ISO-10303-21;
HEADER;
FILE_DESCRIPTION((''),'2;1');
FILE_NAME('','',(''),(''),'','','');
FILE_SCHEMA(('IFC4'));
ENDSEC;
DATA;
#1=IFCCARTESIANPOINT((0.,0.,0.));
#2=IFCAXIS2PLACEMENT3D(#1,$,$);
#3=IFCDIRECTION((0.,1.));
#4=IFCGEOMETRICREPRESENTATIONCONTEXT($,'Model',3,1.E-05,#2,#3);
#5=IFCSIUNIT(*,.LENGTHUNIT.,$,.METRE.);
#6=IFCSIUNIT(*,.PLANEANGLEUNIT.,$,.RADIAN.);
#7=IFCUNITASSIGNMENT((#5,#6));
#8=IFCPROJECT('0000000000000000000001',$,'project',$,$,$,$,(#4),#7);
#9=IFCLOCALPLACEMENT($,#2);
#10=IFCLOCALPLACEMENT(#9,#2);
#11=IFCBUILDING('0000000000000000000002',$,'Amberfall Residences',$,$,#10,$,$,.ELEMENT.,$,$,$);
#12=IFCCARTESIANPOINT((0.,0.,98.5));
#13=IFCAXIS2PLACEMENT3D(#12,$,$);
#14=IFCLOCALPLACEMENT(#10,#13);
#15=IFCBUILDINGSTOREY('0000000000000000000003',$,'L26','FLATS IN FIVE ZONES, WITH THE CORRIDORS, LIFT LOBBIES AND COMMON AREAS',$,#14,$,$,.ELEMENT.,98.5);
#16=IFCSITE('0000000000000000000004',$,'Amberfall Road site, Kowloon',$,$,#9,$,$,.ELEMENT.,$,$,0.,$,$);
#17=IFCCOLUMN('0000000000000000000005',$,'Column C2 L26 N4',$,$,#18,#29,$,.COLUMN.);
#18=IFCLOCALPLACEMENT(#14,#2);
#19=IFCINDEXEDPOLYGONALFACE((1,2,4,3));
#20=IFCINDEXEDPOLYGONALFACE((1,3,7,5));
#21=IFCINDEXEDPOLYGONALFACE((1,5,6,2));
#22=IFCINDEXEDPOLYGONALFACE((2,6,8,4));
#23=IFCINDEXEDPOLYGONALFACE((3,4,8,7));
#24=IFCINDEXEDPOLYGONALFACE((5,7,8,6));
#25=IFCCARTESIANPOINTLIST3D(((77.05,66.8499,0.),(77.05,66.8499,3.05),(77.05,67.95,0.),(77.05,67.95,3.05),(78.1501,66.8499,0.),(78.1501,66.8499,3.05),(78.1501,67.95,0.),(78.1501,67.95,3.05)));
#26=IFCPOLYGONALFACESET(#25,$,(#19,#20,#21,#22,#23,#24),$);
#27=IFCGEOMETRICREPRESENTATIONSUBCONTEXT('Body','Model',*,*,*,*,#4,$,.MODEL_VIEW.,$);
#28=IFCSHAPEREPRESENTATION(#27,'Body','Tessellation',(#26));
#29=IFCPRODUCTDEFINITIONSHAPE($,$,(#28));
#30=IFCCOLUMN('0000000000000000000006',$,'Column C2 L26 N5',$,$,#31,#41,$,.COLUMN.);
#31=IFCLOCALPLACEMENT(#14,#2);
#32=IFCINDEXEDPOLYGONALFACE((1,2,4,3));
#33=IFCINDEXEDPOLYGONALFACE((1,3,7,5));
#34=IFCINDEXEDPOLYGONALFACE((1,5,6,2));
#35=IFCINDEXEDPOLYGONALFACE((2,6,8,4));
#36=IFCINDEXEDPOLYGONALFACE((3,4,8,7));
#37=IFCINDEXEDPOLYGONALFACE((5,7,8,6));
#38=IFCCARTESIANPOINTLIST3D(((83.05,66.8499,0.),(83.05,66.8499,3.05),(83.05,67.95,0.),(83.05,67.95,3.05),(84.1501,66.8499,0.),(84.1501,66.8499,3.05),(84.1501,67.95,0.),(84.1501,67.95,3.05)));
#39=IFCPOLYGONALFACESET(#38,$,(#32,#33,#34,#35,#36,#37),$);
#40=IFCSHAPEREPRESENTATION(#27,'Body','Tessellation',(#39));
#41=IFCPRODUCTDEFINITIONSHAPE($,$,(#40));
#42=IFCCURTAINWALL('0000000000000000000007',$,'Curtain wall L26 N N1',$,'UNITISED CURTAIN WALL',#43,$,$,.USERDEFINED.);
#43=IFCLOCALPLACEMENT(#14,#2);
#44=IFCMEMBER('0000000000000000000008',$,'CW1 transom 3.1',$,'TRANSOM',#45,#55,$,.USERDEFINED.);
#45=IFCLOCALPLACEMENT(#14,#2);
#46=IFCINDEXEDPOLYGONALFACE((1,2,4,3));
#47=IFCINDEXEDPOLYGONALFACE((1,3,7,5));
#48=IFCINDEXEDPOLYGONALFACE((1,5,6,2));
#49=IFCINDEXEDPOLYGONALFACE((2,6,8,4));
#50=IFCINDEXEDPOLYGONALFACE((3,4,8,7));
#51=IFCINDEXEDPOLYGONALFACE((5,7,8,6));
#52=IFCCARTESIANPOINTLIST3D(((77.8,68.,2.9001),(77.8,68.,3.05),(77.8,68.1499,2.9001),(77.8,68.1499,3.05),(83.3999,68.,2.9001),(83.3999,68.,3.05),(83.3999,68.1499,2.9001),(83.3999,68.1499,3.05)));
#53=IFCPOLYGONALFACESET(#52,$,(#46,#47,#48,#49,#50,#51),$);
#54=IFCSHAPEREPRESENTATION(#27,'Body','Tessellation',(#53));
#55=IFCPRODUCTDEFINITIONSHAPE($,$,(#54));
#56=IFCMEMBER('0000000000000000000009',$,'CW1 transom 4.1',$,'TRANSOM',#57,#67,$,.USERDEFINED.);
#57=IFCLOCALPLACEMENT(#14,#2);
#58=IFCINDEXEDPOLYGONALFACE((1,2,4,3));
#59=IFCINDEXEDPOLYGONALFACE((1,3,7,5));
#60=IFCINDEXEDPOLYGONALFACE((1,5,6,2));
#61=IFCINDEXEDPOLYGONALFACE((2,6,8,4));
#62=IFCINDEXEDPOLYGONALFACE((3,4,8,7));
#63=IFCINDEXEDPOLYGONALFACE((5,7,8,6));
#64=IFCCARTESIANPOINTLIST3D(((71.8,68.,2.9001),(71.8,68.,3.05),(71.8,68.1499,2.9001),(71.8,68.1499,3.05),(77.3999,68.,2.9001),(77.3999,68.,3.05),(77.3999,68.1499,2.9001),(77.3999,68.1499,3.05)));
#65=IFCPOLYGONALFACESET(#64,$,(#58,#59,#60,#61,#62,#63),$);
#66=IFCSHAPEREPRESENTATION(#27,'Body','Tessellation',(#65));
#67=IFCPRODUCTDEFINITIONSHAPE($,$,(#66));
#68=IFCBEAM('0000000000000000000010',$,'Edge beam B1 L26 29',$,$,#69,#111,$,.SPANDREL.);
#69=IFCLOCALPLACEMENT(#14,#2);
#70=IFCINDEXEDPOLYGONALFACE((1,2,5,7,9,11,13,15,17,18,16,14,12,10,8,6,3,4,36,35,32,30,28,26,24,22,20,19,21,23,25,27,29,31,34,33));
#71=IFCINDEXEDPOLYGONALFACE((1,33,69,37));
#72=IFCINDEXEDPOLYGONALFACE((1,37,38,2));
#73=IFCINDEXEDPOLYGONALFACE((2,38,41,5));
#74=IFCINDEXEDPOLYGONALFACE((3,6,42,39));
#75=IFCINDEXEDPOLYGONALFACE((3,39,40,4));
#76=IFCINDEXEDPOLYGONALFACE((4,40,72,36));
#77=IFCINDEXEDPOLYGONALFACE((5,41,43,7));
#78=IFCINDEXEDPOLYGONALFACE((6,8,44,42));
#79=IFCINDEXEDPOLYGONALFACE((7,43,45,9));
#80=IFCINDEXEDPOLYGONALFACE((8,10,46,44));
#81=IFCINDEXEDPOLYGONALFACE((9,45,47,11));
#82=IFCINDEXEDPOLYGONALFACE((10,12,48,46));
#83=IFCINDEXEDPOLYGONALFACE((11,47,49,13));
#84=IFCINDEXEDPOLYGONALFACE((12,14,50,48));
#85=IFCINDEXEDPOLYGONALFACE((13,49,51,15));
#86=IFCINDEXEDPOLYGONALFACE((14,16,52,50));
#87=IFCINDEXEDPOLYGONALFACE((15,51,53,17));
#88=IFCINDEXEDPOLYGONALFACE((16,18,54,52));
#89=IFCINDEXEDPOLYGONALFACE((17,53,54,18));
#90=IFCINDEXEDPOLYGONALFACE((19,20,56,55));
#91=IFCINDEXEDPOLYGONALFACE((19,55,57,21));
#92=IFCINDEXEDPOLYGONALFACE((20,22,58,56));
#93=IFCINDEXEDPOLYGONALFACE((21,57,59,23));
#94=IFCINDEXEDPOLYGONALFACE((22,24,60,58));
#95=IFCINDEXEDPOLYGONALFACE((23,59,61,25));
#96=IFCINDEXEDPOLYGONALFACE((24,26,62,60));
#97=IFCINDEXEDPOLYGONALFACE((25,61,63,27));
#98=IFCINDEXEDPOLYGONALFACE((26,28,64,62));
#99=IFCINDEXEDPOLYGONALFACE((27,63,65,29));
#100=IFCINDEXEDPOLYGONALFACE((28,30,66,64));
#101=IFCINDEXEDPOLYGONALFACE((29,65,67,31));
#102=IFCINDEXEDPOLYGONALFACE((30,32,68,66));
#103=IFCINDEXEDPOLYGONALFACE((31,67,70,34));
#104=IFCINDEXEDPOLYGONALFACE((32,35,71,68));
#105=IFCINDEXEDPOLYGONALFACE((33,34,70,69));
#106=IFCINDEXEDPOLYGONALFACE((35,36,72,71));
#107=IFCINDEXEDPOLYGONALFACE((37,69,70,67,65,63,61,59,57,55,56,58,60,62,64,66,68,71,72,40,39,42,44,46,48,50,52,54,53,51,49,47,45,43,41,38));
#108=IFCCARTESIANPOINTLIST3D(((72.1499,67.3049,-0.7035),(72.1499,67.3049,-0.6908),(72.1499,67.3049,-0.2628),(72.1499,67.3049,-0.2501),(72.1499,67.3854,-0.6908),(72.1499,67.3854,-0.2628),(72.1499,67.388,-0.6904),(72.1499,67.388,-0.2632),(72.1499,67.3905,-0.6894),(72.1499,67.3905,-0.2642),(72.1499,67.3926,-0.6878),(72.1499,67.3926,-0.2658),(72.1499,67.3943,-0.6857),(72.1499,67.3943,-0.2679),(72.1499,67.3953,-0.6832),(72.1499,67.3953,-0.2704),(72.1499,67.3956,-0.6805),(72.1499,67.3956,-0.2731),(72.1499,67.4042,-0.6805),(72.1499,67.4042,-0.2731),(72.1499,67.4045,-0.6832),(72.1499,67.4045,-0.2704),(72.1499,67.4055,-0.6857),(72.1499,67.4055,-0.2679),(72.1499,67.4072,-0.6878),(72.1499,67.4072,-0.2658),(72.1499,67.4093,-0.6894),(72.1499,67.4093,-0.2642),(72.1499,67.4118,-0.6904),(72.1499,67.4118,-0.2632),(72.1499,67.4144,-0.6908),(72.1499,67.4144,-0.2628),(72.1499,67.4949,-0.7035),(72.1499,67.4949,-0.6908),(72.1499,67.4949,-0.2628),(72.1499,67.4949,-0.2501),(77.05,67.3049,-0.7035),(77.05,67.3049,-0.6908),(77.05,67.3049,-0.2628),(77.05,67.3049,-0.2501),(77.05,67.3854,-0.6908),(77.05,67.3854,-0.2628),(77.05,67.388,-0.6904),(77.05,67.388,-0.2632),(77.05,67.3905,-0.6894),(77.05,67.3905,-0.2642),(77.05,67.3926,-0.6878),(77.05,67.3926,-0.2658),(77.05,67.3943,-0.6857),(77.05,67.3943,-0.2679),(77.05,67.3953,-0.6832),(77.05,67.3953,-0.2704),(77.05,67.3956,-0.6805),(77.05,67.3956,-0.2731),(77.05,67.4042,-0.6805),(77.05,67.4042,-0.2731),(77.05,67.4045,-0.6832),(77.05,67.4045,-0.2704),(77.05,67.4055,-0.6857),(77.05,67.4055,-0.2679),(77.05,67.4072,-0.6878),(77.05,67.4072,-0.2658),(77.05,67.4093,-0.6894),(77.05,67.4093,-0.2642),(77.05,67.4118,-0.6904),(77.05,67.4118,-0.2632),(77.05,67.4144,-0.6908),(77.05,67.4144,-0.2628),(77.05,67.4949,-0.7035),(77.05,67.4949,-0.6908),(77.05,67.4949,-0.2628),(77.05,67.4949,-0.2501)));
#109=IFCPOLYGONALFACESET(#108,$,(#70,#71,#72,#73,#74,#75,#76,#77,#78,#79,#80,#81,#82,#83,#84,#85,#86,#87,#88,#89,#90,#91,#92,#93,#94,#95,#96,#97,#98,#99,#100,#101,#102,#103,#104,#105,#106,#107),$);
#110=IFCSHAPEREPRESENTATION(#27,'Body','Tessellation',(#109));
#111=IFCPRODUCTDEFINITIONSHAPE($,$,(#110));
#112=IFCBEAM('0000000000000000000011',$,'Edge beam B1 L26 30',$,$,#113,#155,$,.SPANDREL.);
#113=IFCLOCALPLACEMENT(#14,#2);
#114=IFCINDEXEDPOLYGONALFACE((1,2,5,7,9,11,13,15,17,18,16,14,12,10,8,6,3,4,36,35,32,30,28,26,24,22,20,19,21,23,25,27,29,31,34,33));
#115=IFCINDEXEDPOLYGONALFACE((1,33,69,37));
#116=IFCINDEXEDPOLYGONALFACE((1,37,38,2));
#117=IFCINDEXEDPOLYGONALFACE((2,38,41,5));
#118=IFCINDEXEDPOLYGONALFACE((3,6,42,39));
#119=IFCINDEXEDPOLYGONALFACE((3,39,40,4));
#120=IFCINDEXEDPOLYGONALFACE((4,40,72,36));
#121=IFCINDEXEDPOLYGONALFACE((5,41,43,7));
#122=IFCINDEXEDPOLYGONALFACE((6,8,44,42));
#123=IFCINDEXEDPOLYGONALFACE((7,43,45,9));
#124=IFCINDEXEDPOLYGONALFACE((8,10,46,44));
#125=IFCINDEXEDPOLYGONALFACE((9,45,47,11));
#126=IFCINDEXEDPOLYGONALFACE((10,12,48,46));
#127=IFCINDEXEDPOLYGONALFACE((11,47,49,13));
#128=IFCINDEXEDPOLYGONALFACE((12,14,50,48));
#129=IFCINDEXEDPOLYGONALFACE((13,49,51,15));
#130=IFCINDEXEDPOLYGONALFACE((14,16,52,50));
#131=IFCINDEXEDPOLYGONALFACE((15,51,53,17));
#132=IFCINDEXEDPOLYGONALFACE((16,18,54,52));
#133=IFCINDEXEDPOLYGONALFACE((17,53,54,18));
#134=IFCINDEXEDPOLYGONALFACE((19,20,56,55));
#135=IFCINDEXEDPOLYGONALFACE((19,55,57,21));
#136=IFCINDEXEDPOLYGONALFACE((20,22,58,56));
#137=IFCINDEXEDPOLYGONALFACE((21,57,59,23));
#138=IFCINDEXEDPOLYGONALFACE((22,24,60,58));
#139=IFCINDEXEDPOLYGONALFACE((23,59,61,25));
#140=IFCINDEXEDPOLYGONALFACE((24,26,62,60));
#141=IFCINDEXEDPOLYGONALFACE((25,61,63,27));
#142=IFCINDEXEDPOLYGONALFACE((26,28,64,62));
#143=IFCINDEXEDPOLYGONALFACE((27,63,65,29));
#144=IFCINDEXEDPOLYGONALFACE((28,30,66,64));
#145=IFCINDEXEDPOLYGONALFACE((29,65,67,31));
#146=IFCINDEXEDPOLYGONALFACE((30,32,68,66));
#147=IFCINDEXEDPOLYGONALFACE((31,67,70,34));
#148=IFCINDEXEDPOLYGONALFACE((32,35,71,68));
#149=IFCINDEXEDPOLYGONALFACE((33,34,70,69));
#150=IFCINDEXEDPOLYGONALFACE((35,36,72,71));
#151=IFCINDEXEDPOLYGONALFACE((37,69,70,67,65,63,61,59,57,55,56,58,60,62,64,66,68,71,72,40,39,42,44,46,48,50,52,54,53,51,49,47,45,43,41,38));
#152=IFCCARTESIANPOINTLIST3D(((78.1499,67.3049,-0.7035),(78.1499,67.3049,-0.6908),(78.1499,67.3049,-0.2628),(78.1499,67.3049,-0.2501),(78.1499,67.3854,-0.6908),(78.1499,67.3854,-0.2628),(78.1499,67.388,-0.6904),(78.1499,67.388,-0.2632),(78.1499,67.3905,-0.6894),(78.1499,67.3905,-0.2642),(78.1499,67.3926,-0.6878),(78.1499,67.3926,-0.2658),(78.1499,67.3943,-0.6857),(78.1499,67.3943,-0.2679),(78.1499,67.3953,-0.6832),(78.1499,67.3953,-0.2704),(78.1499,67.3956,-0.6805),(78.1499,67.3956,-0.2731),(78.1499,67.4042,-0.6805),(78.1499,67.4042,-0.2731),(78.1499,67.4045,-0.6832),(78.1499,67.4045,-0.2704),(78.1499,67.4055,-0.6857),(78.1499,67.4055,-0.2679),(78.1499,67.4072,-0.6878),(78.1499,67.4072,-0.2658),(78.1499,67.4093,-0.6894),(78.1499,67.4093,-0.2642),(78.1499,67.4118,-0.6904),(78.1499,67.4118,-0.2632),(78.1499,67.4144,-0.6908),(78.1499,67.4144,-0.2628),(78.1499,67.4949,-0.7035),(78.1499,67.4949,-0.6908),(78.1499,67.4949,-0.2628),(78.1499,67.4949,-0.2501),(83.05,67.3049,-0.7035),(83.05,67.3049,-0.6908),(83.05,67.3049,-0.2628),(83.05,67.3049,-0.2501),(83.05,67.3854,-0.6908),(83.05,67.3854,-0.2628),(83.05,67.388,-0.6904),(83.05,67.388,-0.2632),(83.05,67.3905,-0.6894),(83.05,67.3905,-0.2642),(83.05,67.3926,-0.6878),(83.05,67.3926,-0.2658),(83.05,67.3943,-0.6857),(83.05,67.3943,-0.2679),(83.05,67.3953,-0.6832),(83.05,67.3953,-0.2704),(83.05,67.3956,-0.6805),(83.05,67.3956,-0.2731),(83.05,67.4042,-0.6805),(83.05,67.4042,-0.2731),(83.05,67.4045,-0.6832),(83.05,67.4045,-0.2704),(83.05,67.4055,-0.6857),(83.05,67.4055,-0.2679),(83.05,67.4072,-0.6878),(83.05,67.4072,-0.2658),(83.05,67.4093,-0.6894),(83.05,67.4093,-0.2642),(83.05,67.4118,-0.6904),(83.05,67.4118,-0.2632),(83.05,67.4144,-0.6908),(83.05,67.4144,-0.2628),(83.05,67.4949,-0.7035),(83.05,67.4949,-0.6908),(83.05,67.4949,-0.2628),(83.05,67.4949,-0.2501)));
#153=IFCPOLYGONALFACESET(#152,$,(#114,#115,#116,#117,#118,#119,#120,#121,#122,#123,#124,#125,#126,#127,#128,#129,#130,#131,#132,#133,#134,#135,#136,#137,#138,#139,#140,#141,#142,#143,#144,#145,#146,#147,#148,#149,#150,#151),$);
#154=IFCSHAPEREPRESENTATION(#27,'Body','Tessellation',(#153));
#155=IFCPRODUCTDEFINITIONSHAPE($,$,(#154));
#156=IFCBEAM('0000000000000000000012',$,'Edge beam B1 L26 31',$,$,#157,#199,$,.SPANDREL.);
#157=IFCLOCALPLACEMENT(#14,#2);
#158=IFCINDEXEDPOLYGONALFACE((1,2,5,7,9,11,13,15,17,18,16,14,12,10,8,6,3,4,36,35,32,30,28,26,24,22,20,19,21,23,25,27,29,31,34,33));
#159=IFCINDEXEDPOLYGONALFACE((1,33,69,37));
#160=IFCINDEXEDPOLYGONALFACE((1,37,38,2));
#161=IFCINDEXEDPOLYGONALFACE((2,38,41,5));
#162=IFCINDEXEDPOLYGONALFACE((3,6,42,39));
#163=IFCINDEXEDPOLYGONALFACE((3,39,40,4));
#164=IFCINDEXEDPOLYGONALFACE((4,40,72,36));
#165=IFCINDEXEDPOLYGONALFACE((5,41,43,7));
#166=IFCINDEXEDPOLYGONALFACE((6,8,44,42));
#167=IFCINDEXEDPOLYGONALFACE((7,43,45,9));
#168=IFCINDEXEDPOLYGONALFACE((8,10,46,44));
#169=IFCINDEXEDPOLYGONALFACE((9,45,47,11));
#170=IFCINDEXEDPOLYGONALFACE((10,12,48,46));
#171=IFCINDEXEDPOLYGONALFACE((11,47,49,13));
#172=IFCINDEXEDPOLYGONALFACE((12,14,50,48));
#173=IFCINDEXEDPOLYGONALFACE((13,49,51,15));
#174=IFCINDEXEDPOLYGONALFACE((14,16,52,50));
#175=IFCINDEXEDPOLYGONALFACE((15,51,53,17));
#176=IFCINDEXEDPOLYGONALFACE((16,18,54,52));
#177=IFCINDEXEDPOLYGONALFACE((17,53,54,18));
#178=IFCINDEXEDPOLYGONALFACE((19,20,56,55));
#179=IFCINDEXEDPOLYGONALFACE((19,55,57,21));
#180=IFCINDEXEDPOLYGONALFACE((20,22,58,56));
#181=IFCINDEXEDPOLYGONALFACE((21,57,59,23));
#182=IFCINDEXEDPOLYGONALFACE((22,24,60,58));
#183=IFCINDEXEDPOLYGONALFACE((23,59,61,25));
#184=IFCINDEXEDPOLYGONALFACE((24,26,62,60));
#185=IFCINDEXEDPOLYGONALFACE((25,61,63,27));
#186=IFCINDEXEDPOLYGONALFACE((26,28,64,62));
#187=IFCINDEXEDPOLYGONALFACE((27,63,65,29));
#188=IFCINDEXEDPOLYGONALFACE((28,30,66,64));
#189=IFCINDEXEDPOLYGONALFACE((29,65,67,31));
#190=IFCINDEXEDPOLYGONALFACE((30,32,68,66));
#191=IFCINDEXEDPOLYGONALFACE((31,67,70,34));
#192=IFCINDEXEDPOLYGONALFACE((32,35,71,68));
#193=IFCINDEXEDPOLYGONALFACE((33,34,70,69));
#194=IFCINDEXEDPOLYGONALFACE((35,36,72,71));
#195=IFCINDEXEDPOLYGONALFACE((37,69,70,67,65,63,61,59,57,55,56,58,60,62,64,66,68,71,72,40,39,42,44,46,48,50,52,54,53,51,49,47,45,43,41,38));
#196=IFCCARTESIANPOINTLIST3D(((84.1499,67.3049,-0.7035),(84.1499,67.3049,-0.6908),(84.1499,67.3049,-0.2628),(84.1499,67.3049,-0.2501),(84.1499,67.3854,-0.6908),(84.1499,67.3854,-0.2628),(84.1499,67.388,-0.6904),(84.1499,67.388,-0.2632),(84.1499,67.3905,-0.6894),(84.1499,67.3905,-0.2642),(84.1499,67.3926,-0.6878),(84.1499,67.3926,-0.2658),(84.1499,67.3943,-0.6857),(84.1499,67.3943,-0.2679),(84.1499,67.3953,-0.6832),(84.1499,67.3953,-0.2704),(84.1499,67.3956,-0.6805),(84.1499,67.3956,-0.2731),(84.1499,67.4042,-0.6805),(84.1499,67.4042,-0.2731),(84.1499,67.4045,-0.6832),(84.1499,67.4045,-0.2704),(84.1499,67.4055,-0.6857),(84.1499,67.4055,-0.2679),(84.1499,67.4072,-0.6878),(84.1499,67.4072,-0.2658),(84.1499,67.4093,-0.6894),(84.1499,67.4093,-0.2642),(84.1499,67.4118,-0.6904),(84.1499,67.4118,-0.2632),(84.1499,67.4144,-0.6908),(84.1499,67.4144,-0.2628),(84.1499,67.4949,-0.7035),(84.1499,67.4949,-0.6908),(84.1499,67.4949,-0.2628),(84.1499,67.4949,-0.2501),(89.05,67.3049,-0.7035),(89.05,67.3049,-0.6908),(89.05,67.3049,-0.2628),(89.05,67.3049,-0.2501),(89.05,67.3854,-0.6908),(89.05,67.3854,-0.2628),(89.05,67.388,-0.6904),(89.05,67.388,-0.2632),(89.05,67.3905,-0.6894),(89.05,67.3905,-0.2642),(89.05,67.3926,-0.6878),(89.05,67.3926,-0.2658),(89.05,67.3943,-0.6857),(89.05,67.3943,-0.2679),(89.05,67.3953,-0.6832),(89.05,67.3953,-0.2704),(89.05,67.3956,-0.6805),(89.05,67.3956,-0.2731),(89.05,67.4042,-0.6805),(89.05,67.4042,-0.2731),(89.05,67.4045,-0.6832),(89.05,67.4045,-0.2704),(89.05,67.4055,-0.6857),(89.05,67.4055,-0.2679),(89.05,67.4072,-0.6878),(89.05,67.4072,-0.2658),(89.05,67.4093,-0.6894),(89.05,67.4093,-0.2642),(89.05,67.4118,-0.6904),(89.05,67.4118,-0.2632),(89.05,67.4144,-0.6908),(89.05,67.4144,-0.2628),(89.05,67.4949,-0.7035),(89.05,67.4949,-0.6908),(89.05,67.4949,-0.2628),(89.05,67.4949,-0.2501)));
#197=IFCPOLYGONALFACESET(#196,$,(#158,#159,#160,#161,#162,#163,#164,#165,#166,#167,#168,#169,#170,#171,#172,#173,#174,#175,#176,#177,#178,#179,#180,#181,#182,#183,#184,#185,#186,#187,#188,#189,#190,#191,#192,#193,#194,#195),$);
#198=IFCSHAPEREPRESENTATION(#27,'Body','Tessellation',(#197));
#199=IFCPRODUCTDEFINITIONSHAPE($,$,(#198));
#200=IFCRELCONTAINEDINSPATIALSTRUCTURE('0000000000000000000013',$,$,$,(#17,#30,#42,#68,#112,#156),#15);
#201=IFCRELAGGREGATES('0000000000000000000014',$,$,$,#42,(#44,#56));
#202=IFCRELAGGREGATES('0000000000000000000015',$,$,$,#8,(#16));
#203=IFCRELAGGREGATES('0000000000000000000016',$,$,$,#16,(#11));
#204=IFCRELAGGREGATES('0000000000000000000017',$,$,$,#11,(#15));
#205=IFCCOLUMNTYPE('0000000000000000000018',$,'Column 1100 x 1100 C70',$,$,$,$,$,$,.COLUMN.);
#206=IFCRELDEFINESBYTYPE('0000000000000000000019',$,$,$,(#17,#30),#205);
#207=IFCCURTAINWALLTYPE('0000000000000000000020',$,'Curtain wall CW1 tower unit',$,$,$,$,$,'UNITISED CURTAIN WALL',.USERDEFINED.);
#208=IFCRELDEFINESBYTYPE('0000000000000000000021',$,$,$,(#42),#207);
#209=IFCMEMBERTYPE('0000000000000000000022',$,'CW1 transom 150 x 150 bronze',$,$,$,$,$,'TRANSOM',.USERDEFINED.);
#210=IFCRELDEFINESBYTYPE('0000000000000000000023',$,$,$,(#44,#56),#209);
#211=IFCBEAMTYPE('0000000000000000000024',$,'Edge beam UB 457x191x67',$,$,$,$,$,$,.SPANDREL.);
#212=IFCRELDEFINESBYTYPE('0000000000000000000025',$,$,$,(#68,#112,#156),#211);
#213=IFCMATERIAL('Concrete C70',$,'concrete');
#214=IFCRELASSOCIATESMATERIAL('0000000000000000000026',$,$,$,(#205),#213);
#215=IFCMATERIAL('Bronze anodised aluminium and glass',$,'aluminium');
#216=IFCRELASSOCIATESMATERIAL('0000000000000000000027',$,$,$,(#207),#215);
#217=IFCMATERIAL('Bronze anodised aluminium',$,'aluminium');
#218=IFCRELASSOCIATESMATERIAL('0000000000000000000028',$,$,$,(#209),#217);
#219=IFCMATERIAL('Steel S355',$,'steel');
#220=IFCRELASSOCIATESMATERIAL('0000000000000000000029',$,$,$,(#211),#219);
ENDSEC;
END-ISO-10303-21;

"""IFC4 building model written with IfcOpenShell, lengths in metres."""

from ifc_helpers import new_model, si_unit, direction, frame, origin, origin_2d, place, context, subcontext, project, spatial, rectangle, i_section, extrude, material, material_profile, profile_set, type_object, element, aggregate, save


model = new_model("IFC4")

# Units and contexts
model_context = context("Model", 3, precision=1e-05, world=origin(), true_north=direction((0.0, 1.0)))
body_context = subcontext(model_context, "Body", "Model", "MODEL_VIEW")
ifc_project = project(units=[si_unit("LENGTHUNIT", "METRE"), si_unit("PLANEANGLEUNIT", "RADIAN")], contexts=[model_context])

# Site, building, storey
site_placement = place(None, origin())
site = spatial("IfcSite", under=ifc_project, at=site_placement, Name="Amberfall Road site, Kowloon", CompositionType="ELEMENT", RefElevation=0.0)
building_placement = place(site_placement, origin())
building = spatial("IfcBuilding", under=site, at=building_placement, Name="Amberfall Residences", CompositionType="ELEMENT")
storey_placement = place(building_placement, frame((0.0, 0.0, 98.5)))
storey = spatial("IfcBuildingStorey", under=building, at=storey_placement, Name="L26", Description="FLATS IN FIVE ZONES, WITH THE CORRIDORS, LIFT LOBBIES AND COMMON AREAS", CompositionType="ELEMENT", Elevation=98.5)

# Columns
ifc_material_1 = material(Name="Concrete C70", Category="concrete")
ifc_material_profile_1 = material_profile(ifc_material_1, rectangle(XDim=1.1001, YDim=1.1001, at=origin_2d()), Name="Column 1100 x 1100 C70")
ifc_profile_set_1 = profile_set([ifc_material_profile_1], Name="Concrete C70")
column_type = type_object("IfcColumnType", Name="Column 1100 x 1100 C70", PredefinedType="COLUMN", material=ifc_profile_set_1)
for number, where, z_axis, x_axis, name in (
    (1, (77.6001, 67.3999, 0.0), (0.0, 0.0, 1.0), (1.0, 0.0, 0.0), "Column C2 L26 N4"),
    (2, (83.6001, 67.3999, 0.0), (0.0, 0.0, 1.0), (1.0, 0.0, 0.0), "Column C2 L26 N5"),
):
    element("IfcColumn", number, at=place(storey_placement, frame(where, z_axis=z_axis, x_axis=x_axis)), inside=storey, type_object=column_type, Name=name, PredefinedType="COLUMN", context=body_context, shape_type="SweptSolid", body=[
        extrude(rectangle(XDim=1.1001, YDim=1.1001, at=origin_2d()), origin(), (0.0, 0.0, 1.0), 3.05),
    ])

# Curtain wall, members
ifc_material_2 = material(Name="Bronze anodised aluminium and glass", Category="aluminium")
curtain_wall_type = type_object("IfcCurtainWallType", Name="Curtain wall CW1 tower unit", ElementType="UNITISED CURTAIN WALL", PredefinedType="USERDEFINED", material=ifc_material_2)
curtain_wall_placement = place(storey_placement, origin())
curtain_wall = element("IfcCurtainWall", 3, at=curtain_wall_placement, inside=storey, type_object=curtain_wall_type, Name="Curtain wall L26 N N1", ObjectType="UNITISED CURTAIN WALL", PredefinedType="USERDEFINED")
ifc_material_3 = material(Name="Bronze anodised aluminium", Category="aluminium")
ifc_material_profile_2 = material_profile(ifc_material_3, rectangle(XDim=0.1499, YDim=0.1499, at=origin_2d()), Name="CW1 transom 150 x 150 bronze")
ifc_profile_set_2 = profile_set([ifc_material_profile_2], Name="Bronze anodised aluminium")
member_type_1 = type_object("IfcMemberType", Name="CW1 transom 150 x 150 bronze", ElementType="TRANSOM", PredefinedType="USERDEFINED", material=ifc_profile_set_2)
member_1_placement = place(storey_placement, frame((83.3999, 68.075, 2.9751), z_axis=(-1.0, 0.0, 0.0), x_axis=(0.0, -1.0, 0.0)))
member_1 = element("IfcMember", 4, at=member_1_placement, type_object=member_type_1, Name="CW1 transom 3.1", ObjectType="TRANSOM", PredefinedType="USERDEFINED", context=body_context, shape_type="SweptSolid", body=[
    extrude(rectangle(XDim=0.1499, YDim=0.1499, at=origin_2d()), origin(), (0.0, 0.0, 1.0), 5.5999),
])
member_2_placement = place(storey_placement, frame((77.3999, 68.075, 2.9751), z_axis=(-1.0, 0.0, 0.0), x_axis=(0.0, -1.0, 0.0)))
member_2 = element("IfcMember", 5, at=member_2_placement, type_object=member_type_1, Name="CW1 transom 4.1", ObjectType="TRANSOM", PredefinedType="USERDEFINED", context=body_context, shape_type="SweptSolid", body=[
    extrude(rectangle(XDim=0.1499, YDim=0.1499, at=origin_2d()), origin(), (0.0, 0.0, 1.0), 5.5999),
])

# Beams
ifc_material_4 = material(Name="Steel S355", Category="steel")
ifc_material_profile_3 = material_profile(ifc_material_4, i_section(OverallWidth=0.1899, OverallDepth=0.4534, WebThickness=0.0085, FlangeThickness=0.0127, FilletRadius=0.0103, at=origin_2d()), Name="UB 457x191x67")
ifc_profile_set_3 = profile_set([ifc_material_profile_3], Name="Steel S355")
beam_type_1 = type_object("IfcBeamType", Name="Edge beam UB 457x191x67", PredefinedType="SPANDREL", material=ifc_profile_set_3)
for number, where, z_axis, x_axis, name in (
    (6, (72.1499, 67.3999, -0.4768), (1.0, 0.0, 0.0), (0.0, 1.0, 0.0), "Edge beam B1 L26 29"),
    (7, (78.1499, 67.3999, -0.4768), (1.0, 0.0, 0.0), (0.0, 1.0, 0.0), "Edge beam B1 L26 30"),
    (8, (84.1499, 67.3999, -0.4768), (1.0, 0.0, 0.0), (0.0, 1.0, 0.0), "Edge beam B1 L26 31"),
):
    element("IfcBeam", number, at=place(storey_placement, frame(where, z_axis=z_axis, x_axis=x_axis)), inside=storey, type_object=beam_type_1, Name=name, PredefinedType="SPANDREL", context=body_context, shape_type="SweptSolid", body=[
        extrude(i_section(OverallWidth=0.1899, OverallDepth=0.4534, WebThickness=0.0085, FlangeThickness=0.0127, FilletRadius=0.0103, at=origin_2d()), origin(), (0.0, 0.0, 1.0), 4.9001),
    ])

aggregate(curtain_wall, [member_1, member_2])

save(model, "model.ifc")
